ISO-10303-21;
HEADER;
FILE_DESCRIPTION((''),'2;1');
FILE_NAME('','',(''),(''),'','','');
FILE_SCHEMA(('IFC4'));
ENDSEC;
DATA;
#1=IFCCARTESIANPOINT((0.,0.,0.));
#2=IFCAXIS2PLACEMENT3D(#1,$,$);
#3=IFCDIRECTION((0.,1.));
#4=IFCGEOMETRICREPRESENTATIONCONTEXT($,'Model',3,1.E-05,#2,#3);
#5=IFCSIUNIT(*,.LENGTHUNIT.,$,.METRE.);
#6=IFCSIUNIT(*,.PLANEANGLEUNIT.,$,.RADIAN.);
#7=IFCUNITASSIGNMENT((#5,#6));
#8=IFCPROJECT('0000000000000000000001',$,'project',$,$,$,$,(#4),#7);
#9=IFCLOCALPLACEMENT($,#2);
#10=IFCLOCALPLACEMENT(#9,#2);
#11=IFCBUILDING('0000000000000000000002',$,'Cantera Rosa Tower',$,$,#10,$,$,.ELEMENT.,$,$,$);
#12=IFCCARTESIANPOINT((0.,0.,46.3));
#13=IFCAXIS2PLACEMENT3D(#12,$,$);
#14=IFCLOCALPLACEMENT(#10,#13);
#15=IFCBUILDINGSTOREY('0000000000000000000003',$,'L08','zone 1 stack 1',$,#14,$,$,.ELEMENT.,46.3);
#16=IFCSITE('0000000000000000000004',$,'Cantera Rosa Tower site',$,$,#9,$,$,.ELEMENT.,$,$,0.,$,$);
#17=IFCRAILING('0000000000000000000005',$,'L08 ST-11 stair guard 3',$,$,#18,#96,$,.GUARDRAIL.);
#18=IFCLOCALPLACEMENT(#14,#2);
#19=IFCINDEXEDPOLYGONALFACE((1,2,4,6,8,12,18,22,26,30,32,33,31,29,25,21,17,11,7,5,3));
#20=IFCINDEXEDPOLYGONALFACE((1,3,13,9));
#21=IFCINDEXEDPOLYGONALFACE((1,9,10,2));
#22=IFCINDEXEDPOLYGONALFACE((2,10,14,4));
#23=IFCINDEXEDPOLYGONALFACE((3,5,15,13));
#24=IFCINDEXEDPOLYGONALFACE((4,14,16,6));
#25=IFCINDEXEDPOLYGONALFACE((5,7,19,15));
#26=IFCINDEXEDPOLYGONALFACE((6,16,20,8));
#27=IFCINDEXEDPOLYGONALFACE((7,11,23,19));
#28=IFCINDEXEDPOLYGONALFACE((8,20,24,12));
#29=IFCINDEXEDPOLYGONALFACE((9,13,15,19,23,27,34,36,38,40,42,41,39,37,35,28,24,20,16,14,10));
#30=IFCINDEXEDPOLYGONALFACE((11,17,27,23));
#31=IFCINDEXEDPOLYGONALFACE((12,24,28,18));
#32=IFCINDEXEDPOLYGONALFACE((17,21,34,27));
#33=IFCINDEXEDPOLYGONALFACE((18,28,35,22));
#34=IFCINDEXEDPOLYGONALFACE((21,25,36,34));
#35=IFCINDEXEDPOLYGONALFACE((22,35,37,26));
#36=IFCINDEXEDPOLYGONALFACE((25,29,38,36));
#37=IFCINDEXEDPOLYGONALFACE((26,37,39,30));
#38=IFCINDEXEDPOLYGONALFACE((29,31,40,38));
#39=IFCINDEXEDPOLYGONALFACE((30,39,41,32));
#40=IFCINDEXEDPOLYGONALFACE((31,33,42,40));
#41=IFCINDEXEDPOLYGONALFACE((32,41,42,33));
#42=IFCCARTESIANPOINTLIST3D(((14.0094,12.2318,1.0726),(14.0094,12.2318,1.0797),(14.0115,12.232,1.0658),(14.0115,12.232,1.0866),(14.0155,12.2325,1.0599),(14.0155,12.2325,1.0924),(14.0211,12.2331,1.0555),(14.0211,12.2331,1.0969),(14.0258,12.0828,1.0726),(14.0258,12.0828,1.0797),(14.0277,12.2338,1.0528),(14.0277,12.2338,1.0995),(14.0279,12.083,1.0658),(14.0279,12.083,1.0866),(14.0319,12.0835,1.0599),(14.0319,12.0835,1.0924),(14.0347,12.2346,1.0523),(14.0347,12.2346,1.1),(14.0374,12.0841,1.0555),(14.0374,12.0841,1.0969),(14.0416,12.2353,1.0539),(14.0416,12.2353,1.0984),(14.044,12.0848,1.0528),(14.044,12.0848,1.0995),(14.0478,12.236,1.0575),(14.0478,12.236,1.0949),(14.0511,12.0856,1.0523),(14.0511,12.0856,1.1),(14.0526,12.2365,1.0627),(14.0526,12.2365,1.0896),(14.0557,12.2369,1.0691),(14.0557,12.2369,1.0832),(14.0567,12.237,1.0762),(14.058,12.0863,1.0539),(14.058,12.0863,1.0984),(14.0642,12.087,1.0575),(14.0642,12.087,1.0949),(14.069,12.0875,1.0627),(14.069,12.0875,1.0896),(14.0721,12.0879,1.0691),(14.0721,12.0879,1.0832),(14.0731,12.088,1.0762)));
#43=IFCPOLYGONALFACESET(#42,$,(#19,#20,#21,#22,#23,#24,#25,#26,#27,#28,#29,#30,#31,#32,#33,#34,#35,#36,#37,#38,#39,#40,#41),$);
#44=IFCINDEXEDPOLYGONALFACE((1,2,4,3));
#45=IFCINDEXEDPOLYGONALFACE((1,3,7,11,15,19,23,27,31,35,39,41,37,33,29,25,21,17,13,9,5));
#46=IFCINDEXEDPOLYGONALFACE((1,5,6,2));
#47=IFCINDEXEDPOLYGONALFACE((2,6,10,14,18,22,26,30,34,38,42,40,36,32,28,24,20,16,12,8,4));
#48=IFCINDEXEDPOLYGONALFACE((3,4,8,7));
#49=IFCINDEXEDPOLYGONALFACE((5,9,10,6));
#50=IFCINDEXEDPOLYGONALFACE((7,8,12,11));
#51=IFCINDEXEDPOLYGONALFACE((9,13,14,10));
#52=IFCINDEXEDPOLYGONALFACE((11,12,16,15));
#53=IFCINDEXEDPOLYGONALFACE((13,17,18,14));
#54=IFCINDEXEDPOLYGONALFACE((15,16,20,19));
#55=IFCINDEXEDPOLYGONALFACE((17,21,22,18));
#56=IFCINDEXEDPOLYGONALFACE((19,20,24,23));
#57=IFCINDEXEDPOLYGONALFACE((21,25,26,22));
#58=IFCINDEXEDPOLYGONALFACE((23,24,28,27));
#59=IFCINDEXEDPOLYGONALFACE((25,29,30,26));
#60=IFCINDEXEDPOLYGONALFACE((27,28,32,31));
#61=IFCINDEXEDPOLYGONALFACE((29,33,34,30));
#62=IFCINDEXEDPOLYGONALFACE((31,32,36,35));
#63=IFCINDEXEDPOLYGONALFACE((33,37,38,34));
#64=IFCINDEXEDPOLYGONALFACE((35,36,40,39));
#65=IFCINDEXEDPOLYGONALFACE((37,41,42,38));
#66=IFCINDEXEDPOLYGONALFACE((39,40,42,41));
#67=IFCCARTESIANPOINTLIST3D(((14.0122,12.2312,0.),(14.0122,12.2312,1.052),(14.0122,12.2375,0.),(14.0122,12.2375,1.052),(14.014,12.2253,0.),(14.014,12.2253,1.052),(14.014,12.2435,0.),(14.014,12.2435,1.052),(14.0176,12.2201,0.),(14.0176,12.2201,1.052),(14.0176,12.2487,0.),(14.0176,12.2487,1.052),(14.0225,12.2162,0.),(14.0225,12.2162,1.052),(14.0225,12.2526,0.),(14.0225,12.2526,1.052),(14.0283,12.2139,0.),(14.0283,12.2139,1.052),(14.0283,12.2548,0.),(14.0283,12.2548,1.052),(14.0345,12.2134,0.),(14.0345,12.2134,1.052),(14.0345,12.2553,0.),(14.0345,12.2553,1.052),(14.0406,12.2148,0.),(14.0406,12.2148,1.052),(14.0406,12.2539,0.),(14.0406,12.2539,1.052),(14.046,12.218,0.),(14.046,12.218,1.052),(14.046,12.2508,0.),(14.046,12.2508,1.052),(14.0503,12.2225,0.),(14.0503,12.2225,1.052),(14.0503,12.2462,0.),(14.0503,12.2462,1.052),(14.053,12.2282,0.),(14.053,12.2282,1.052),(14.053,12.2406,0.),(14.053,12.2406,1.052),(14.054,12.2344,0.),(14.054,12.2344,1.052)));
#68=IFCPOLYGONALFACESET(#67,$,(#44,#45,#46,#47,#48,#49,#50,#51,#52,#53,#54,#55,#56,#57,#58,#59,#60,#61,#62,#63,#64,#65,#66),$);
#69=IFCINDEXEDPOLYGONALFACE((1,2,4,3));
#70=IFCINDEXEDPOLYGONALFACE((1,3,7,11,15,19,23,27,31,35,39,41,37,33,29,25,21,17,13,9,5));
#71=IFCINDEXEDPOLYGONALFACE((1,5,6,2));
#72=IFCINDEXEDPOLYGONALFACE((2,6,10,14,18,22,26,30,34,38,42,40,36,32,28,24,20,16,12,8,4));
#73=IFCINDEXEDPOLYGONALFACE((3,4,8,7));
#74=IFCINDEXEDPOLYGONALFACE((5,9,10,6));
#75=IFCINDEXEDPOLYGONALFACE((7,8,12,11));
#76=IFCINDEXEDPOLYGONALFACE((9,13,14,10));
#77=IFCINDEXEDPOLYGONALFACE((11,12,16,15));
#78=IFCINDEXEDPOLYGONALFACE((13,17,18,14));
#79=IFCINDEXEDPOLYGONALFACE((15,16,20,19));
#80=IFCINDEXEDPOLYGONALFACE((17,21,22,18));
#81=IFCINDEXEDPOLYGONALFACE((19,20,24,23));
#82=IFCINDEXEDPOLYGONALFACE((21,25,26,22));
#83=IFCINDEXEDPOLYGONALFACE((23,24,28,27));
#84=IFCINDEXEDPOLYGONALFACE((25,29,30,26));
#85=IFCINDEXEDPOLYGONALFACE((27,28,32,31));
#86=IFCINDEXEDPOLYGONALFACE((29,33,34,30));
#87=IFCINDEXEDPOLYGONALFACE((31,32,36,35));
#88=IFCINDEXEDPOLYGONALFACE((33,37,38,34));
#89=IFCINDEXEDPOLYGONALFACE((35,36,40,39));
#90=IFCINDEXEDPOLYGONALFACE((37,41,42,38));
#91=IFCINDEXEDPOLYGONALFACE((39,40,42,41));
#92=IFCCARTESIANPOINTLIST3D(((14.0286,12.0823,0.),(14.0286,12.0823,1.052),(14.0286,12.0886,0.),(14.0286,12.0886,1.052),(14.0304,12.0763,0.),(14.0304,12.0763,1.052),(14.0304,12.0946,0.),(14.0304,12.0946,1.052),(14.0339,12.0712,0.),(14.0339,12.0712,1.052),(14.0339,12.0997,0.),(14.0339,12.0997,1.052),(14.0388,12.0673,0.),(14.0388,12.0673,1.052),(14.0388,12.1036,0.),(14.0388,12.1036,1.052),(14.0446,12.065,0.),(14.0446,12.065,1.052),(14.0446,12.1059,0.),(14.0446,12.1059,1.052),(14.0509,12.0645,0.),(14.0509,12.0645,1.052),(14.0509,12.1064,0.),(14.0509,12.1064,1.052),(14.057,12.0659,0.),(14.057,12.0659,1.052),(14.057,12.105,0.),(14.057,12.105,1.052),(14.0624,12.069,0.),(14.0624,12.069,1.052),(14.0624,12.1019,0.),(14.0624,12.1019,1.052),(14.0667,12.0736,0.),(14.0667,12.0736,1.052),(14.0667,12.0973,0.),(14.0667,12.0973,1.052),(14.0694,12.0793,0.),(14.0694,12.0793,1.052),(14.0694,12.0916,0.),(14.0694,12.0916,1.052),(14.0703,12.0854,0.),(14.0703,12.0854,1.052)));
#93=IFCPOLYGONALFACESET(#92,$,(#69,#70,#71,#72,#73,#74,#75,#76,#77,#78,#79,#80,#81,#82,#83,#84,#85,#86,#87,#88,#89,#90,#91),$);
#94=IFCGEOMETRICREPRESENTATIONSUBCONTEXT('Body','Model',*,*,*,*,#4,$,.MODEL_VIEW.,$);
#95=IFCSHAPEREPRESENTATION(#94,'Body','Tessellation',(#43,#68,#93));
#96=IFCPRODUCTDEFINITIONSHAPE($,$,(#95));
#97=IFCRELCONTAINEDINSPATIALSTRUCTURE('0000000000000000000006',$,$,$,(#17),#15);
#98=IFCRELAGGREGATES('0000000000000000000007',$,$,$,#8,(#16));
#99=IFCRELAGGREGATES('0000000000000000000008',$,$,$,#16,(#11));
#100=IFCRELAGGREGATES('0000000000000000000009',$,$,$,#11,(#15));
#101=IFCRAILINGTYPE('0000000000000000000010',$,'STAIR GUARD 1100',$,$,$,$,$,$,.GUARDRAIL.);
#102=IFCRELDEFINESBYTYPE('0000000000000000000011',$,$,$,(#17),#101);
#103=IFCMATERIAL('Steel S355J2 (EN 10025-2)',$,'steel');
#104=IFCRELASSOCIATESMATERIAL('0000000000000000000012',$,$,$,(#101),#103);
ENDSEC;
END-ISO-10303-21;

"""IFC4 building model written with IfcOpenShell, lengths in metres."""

from ifc_helpers import new_model, si_unit, direction, frame, origin, origin_2d, place, context, subcontext, project, spatial, circle, extrude, material, type_object, element, save


model = new_model("IFC4")

# Units and contexts
model_context = context("Model", 3, precision=1e-05, world=origin(), true_north=direction((0.0, 1.0)))
body_context = subcontext(model_context, "Body", "Model", "MODEL_VIEW")
ifc_project = project(units=[si_unit("LENGTHUNIT", "METRE"), si_unit("PLANEANGLEUNIT", "RADIAN")], contexts=[model_context])

# Site, building, storey
site_placement = place(None, origin())
site = spatial("IfcSite", under=ifc_project, at=site_placement, Name="Cantera Rosa Tower site", CompositionType="ELEMENT", RefElevation=0.0)
building_placement = place(site_placement, origin())
building = spatial("IfcBuilding", under=site, at=building_placement, Name="Cantera Rosa Tower", CompositionType="ELEMENT")
storey_placement = place(building_placement, frame((0.0, 0.0, 46.3)))
storey = spatial("IfcBuildingStorey", under=building, at=storey_placement, Name="L08", Description="zone 1 stack 1", CompositionType="ELEMENT", Elevation=46.3)

# Railing
ifc_material_1 = material(Name="Steel S355J2 (EN 10025-2)", Category="steel")
railing_type_1 = type_object("IfcRailingType", Name="STAIR GUARD 1100", PredefinedType="GUARDRAIL", material=ifc_material_1)
railing_1_placement = place(storey_placement, frame((14.033, 12.2344, 0.0)))
element("IfcRailing", 1, at=railing_1_placement, inside=storey, type_object=railing_type_1, Name="L08 ST-11 stair guard 3", PredefinedType="GUARDRAIL", context=body_context, shape_type="SweptSolid", body=[
    extrude(circle(Radius=0.0239, at=origin_2d()), frame((0.0, 0.0, 1.0762), z_axis=(0.109179, -0.994022, 0.0), x_axis=(0.994022, 0.109179, 0.0)), (0.0, 0.0, 1.0), 0.1499),
    extrude(circle(Radius=0.021, at=origin_2d()), origin(), (0.0, 0.0, 1.0), 1.052),
    extrude(circle(Radius=0.021, at=origin_2d()), frame((0.0164, -0.1489, 0.0)), (0.0, 0.0, 1.0), 1.052),
])

save(model, "model.ifc")
